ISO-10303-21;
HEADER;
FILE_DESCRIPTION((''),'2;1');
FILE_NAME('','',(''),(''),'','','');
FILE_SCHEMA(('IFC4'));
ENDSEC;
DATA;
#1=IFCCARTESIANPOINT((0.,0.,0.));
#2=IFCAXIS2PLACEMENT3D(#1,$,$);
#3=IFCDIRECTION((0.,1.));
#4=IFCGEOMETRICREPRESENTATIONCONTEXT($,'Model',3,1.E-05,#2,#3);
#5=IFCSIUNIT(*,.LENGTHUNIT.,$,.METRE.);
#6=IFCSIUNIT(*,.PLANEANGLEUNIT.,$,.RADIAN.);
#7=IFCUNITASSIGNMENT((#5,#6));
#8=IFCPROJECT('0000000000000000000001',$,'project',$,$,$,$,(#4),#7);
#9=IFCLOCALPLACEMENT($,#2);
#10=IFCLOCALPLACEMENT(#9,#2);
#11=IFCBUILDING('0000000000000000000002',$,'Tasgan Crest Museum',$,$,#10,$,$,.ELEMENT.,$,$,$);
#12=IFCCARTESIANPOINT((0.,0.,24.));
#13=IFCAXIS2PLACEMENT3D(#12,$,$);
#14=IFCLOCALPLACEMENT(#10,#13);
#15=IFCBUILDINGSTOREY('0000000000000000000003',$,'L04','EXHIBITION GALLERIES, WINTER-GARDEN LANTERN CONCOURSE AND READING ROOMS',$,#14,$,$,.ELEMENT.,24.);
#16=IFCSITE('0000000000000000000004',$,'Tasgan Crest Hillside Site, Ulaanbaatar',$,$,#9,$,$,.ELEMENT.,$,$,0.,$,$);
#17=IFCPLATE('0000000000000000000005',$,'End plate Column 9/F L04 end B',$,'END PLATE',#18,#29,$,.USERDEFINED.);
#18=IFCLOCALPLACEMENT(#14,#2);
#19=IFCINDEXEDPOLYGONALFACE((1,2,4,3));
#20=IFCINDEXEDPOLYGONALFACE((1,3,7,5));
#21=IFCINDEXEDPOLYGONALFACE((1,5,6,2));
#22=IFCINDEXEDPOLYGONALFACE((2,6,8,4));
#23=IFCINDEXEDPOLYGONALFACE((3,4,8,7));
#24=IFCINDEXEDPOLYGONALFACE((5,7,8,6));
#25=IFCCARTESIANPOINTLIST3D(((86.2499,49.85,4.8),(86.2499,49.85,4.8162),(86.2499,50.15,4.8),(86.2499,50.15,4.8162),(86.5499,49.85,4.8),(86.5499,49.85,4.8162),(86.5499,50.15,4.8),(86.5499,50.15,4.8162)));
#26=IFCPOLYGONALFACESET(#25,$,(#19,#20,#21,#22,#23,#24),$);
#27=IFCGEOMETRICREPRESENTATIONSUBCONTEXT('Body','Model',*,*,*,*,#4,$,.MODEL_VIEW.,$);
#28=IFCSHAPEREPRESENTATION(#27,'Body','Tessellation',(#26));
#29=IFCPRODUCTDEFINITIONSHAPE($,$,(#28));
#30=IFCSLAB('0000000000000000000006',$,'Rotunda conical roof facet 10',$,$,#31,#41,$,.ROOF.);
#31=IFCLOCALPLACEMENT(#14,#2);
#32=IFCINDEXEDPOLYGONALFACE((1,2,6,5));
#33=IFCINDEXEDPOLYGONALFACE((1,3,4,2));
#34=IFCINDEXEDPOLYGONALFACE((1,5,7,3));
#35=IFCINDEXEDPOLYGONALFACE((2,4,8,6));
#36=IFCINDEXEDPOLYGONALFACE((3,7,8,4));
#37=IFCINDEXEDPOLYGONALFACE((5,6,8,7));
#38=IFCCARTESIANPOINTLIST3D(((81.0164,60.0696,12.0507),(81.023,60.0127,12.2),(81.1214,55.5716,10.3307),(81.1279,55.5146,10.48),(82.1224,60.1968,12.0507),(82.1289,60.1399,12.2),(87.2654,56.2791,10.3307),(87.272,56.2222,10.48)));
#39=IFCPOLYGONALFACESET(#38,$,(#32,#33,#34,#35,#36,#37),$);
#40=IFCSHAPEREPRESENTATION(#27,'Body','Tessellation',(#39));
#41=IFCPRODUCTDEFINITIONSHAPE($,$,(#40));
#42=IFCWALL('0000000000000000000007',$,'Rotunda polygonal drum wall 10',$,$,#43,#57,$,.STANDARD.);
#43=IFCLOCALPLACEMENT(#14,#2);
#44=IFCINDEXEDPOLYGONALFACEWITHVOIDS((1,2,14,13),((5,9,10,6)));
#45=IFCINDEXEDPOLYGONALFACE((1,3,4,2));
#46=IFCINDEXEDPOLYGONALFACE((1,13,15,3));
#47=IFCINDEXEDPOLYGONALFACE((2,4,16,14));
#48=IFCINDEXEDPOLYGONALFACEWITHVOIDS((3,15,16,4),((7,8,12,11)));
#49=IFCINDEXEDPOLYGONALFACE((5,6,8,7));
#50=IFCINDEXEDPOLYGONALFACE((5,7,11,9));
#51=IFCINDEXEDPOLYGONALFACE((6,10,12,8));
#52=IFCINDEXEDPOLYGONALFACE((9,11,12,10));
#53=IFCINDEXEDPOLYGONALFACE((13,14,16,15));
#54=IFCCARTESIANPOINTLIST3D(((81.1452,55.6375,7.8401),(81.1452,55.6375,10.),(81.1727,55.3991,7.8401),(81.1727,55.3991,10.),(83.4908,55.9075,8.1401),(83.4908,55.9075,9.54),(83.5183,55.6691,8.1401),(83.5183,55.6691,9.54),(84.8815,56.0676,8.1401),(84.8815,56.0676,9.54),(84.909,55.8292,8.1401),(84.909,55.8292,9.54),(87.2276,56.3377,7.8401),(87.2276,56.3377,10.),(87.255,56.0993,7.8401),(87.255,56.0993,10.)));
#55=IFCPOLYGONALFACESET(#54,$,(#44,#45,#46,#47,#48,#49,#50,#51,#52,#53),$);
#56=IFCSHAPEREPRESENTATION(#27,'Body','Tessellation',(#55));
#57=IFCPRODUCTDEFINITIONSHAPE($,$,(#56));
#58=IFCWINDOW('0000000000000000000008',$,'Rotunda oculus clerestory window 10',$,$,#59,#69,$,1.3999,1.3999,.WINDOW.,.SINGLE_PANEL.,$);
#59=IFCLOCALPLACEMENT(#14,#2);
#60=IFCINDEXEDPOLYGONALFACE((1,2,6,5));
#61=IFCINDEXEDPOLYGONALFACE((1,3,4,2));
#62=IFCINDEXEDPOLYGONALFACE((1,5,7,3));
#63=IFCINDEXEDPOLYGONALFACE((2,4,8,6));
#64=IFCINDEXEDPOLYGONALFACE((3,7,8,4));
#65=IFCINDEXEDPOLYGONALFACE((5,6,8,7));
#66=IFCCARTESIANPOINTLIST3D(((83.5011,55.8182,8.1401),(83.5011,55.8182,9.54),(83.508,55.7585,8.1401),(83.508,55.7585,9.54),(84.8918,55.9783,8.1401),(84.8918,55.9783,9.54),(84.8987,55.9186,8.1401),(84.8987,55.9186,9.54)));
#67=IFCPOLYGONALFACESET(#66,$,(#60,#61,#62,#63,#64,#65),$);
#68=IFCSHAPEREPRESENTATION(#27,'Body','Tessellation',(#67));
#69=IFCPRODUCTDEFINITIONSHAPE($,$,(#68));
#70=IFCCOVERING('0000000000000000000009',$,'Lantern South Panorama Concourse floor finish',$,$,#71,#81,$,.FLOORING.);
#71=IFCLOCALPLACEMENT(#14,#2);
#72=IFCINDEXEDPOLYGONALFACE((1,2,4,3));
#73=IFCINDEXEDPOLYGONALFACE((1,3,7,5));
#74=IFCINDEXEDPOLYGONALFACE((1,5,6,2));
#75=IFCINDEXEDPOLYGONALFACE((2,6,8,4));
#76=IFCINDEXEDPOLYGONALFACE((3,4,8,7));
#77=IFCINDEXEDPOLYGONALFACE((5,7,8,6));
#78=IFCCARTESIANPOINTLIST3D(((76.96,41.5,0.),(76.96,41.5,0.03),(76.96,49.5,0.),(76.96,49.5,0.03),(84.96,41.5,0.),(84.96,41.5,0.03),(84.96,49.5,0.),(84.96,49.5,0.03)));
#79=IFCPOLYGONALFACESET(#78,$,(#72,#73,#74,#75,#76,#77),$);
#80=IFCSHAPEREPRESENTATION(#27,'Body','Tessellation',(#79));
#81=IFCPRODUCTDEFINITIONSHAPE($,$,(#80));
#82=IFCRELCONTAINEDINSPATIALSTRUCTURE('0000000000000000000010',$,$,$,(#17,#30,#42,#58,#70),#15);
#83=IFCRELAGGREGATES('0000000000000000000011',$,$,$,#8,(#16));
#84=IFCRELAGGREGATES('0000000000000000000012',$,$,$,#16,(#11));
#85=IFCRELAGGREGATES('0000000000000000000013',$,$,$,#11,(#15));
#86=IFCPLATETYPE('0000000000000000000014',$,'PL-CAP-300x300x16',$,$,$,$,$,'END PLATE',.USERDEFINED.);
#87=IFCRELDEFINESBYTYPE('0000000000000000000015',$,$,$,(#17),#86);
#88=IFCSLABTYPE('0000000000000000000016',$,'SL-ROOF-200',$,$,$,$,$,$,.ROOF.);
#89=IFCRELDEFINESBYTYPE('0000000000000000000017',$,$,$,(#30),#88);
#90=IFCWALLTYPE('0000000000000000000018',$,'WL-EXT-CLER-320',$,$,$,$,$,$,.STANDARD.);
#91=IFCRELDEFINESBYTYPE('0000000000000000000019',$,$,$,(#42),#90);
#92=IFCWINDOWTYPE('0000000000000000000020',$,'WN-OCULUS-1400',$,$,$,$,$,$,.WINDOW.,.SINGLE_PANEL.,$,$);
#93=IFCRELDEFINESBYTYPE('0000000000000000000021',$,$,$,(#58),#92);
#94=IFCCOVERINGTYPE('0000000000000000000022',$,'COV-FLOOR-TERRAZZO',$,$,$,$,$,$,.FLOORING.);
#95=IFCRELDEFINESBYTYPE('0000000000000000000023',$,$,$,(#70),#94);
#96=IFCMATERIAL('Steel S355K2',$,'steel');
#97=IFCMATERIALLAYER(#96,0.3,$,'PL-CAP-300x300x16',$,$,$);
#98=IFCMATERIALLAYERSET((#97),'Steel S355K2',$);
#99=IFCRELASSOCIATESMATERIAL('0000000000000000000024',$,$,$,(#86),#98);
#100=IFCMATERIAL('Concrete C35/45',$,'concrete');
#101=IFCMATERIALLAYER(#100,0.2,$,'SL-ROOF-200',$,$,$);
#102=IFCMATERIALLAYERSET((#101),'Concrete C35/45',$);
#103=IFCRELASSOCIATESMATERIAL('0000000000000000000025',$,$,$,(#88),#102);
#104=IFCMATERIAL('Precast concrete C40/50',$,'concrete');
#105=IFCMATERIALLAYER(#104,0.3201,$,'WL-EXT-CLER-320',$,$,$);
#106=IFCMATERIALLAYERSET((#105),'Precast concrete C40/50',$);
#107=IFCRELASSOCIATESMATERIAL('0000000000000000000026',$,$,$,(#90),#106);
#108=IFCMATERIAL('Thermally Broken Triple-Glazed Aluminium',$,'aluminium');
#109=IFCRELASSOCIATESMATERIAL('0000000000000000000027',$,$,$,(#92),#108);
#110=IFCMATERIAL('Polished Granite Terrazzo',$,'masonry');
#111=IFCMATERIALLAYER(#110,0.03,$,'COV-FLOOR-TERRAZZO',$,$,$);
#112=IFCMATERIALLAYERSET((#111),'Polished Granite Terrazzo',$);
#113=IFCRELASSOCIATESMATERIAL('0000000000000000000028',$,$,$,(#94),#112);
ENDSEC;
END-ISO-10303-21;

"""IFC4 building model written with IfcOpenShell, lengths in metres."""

from ifc_helpers import new_model, si_unit, direction, frame, frame_2d, origin, origin_2d, place, context, subcontext, project, spatial, polyline, rectangle, outline, extrude, material, layer, layer_set, type_object, element, fill, save


model = new_model("IFC4")

# Units and contexts
model_context = context("Model", 3, precision=1e-05, world=origin(), true_north=direction((0.0, 1.0)))
body_context = subcontext(model_context, "Body", "Model", "MODEL_VIEW")
ifc_project = project(units=[si_unit("LENGTHUNIT", "METRE"), si_unit("PLANEANGLEUNIT", "RADIAN")], contexts=[model_context])

# Site, building, storey
site_placement = place(None, origin())
site = spatial("IfcSite", under=ifc_project, at=site_placement, Name="Tasgan Crest Hillside Site, Ulaanbaatar", CompositionType="ELEMENT", RefElevation=0.0)
building_placement = place(site_placement, origin())
building = spatial("IfcBuilding", under=site, at=building_placement, Name="Tasgan Crest Museum", CompositionType="ELEMENT")
storey_placement = place(building_placement, frame((0.0, 0.0, 24.0)))
storey = spatial("IfcBuildingStorey", under=building, at=storey_placement, Name="L04", Description="EXHIBITION GALLERIES, WINTER-GARDEN LANTERN CONCOURSE AND READING ROOMS", CompositionType="ELEMENT", Elevation=24.0)

# Plate
ifc_material_1 = material(Name="Steel S355K2", Category="steel")
ifc_layer_1 = layer(ifc_material_1, 0.3, Name="PL-CAP-300x300x16")
ifc_layer_set_1 = layer_set([ifc_layer_1], Name="Steel S355K2")
plate_type_1 = type_object("IfcPlateType", Name="PL-CAP-300x300x16", ElementType="END PLATE", PredefinedType="USERDEFINED", material=ifc_layer_set_1)
plate_1_placement = place(storey_placement, frame((86.3999, 50.0, 4.8), z_axis=(0.0, 0.0, 1.0), x_axis=(1.0, 0.0, 0.0)))
element("IfcPlate", 1, at=plate_1_placement, inside=storey, type_object=plate_type_1, Name="End plate Column 9/F L04 end B", ObjectType="END PLATE", PredefinedType="USERDEFINED", context=body_context, shape_type="SweptSolid", body=[
    extrude(rectangle(XDim=0.3, YDim=0.3, at=origin_2d()), origin(), (0.0, 0.0, 1.0), 0.0161),
])

# Slab
ifc_material_2 = material(Name="Concrete C35/45", Category="concrete")
ifc_layer_2 = layer(ifc_material_2, 0.2, Name="SL-ROOF-200")
ifc_layer_set_2 = layer_set([ifc_layer_2], Name="Concrete C35/45")
slab_type = type_object("IfcSlabType", Name="SL-ROOF-200", PredefinedType="ROOF", material=ifc_layer_set_2)
slab_placement = place(storey_placement, frame((81.1279, 55.5146, 10.48), z_axis=(0.040992, -0.356035, 0.933573), x_axis=(0.993435, 0.114397, 0.000007)))
element("IfcSlab", 2, at=slab_placement, inside=storey, type_object=slab_type, Name="Rotunda conical roof facet 10", PredefinedType="ROOF", context=body_context, shape_type="SweptSolid", body=[
    extrude(outline(polyline([(0.0, 0.0), (6.1846, 0.0), (1.5235, 4.7992), (0.4103, 4.7993), (0.0, 0.0)])), origin(), (0.0, 0.0, -1.0), 0.1599),
])

# Wall, opening, window
ifc_material_3 = material(Name="Precast concrete C40/50", Category="concrete")
ifc_layer_3 = layer(ifc_material_3, 0.3201, Name="WL-EXT-CLER-320")
ifc_layer_set_3 = layer_set([ifc_layer_3], Name="Precast concrete C40/50")
wall_type = type_object("IfcWallType", Name="WL-EXT-CLER-320", PredefinedType="STANDARD", material=ifc_layer_set_3)
wall_placement = place(storey_placement, frame((81.1589, 55.5183, 7.8401), z_axis=(0.0, 0.0, 1.0), x_axis=(0.993439, 0.114365, 0.0)))
wall = element("IfcWall", 3, at=wall_placement, inside=storey, type_object=wall_type, Name="Rotunda polygonal drum wall 10", PredefinedType="STANDARD", context=body_context, shape_type="SweptSolid", body=[
    extrude(rectangle(XDim=6.1226, YDim=0.24, at=frame_2d((3.0613, 0.0))), origin(), (0.0, 0.0, 1.0), 2.1599),
])
opening_placement = place(wall_placement, frame((2.3611, 0.0, 0.3)))
opening = element("IfcOpeningElement", 4, at=opening_placement, cuts=wall, PredefinedType="OPENING", context=body_context, shape_type="SweptSolid", body=[
    extrude(rectangle(XDim=1.3999, YDim=1.3999, at=frame_2d((0.7, 0.7))), frame((0.0, 0.1299, 0.0), z_axis=(0.0, -1.0, 0.0), x_axis=(1.0, 0.0, 0.0)), (0.0, 0.0, 1.0), 0.26),
])
ifc_material_4 = material(Name="Thermally Broken Triple-Glazed Aluminium", Category="aluminium")
window_type = type_object("IfcWindowType", Name="WN-OCULUS-1400", PartitioningType="SINGLE_PANEL", PredefinedType="WINDOW", material=ifc_material_4)
window_placement = place(opening_placement, origin())
window = element("IfcWindow", 5, at=window_placement, inside=storey, type_object=window_type, Name="Rotunda oculus clerestory window 10", OverallHeight=1.3999, OverallWidth=1.3999, PartitioningType="SINGLE_PANEL", PredefinedType="WINDOW", context=body_context, shape_type="SweptSolid", body=[
    extrude(rectangle(XDim=1.3999, YDim=1.3999, at=frame_2d((0.7, 0.7))), frame((0.0, 0.03, 0.0), z_axis=(0.0, -1.0, 0.0), x_axis=(1.0, 0.0, 0.0)), (0.0, 0.0, 1.0), 0.0601),
])
fill(opening, window)

# Covering
ifc_material_5 = material(Name="Polished Granite Terrazzo", Category="masonry")
ifc_layer_4 = layer(ifc_material_5, 0.03, Name="COV-FLOOR-TERRAZZO")
ifc_layer_set_4 = layer_set([ifc_layer_4], Name="Polished Granite Terrazzo")
covering_type = type_object("IfcCoveringType", Name="COV-FLOOR-TERRAZZO", PredefinedType="FLOORING", material=ifc_layer_set_4)
covering_placement = place(storey_placement, frame((80.96, 45.5, 0.0), z_axis=(0.0, 0.0, 1.0), x_axis=(1.0, 0.0, 0.0)))
element("IfcCovering", 6, at=covering_placement, inside=storey, type_object=covering_type, Name="Lantern South Panorama Concourse floor finish", PredefinedType="FLOORING", context=body_context, shape_type="SweptSolid", body=[
    extrude(rectangle(XDim=8.0, YDim=8.0, at=origin_2d()), origin(), (0.0, 0.0, 1.0), 0.03),
])

save(model, "model.ifc")
